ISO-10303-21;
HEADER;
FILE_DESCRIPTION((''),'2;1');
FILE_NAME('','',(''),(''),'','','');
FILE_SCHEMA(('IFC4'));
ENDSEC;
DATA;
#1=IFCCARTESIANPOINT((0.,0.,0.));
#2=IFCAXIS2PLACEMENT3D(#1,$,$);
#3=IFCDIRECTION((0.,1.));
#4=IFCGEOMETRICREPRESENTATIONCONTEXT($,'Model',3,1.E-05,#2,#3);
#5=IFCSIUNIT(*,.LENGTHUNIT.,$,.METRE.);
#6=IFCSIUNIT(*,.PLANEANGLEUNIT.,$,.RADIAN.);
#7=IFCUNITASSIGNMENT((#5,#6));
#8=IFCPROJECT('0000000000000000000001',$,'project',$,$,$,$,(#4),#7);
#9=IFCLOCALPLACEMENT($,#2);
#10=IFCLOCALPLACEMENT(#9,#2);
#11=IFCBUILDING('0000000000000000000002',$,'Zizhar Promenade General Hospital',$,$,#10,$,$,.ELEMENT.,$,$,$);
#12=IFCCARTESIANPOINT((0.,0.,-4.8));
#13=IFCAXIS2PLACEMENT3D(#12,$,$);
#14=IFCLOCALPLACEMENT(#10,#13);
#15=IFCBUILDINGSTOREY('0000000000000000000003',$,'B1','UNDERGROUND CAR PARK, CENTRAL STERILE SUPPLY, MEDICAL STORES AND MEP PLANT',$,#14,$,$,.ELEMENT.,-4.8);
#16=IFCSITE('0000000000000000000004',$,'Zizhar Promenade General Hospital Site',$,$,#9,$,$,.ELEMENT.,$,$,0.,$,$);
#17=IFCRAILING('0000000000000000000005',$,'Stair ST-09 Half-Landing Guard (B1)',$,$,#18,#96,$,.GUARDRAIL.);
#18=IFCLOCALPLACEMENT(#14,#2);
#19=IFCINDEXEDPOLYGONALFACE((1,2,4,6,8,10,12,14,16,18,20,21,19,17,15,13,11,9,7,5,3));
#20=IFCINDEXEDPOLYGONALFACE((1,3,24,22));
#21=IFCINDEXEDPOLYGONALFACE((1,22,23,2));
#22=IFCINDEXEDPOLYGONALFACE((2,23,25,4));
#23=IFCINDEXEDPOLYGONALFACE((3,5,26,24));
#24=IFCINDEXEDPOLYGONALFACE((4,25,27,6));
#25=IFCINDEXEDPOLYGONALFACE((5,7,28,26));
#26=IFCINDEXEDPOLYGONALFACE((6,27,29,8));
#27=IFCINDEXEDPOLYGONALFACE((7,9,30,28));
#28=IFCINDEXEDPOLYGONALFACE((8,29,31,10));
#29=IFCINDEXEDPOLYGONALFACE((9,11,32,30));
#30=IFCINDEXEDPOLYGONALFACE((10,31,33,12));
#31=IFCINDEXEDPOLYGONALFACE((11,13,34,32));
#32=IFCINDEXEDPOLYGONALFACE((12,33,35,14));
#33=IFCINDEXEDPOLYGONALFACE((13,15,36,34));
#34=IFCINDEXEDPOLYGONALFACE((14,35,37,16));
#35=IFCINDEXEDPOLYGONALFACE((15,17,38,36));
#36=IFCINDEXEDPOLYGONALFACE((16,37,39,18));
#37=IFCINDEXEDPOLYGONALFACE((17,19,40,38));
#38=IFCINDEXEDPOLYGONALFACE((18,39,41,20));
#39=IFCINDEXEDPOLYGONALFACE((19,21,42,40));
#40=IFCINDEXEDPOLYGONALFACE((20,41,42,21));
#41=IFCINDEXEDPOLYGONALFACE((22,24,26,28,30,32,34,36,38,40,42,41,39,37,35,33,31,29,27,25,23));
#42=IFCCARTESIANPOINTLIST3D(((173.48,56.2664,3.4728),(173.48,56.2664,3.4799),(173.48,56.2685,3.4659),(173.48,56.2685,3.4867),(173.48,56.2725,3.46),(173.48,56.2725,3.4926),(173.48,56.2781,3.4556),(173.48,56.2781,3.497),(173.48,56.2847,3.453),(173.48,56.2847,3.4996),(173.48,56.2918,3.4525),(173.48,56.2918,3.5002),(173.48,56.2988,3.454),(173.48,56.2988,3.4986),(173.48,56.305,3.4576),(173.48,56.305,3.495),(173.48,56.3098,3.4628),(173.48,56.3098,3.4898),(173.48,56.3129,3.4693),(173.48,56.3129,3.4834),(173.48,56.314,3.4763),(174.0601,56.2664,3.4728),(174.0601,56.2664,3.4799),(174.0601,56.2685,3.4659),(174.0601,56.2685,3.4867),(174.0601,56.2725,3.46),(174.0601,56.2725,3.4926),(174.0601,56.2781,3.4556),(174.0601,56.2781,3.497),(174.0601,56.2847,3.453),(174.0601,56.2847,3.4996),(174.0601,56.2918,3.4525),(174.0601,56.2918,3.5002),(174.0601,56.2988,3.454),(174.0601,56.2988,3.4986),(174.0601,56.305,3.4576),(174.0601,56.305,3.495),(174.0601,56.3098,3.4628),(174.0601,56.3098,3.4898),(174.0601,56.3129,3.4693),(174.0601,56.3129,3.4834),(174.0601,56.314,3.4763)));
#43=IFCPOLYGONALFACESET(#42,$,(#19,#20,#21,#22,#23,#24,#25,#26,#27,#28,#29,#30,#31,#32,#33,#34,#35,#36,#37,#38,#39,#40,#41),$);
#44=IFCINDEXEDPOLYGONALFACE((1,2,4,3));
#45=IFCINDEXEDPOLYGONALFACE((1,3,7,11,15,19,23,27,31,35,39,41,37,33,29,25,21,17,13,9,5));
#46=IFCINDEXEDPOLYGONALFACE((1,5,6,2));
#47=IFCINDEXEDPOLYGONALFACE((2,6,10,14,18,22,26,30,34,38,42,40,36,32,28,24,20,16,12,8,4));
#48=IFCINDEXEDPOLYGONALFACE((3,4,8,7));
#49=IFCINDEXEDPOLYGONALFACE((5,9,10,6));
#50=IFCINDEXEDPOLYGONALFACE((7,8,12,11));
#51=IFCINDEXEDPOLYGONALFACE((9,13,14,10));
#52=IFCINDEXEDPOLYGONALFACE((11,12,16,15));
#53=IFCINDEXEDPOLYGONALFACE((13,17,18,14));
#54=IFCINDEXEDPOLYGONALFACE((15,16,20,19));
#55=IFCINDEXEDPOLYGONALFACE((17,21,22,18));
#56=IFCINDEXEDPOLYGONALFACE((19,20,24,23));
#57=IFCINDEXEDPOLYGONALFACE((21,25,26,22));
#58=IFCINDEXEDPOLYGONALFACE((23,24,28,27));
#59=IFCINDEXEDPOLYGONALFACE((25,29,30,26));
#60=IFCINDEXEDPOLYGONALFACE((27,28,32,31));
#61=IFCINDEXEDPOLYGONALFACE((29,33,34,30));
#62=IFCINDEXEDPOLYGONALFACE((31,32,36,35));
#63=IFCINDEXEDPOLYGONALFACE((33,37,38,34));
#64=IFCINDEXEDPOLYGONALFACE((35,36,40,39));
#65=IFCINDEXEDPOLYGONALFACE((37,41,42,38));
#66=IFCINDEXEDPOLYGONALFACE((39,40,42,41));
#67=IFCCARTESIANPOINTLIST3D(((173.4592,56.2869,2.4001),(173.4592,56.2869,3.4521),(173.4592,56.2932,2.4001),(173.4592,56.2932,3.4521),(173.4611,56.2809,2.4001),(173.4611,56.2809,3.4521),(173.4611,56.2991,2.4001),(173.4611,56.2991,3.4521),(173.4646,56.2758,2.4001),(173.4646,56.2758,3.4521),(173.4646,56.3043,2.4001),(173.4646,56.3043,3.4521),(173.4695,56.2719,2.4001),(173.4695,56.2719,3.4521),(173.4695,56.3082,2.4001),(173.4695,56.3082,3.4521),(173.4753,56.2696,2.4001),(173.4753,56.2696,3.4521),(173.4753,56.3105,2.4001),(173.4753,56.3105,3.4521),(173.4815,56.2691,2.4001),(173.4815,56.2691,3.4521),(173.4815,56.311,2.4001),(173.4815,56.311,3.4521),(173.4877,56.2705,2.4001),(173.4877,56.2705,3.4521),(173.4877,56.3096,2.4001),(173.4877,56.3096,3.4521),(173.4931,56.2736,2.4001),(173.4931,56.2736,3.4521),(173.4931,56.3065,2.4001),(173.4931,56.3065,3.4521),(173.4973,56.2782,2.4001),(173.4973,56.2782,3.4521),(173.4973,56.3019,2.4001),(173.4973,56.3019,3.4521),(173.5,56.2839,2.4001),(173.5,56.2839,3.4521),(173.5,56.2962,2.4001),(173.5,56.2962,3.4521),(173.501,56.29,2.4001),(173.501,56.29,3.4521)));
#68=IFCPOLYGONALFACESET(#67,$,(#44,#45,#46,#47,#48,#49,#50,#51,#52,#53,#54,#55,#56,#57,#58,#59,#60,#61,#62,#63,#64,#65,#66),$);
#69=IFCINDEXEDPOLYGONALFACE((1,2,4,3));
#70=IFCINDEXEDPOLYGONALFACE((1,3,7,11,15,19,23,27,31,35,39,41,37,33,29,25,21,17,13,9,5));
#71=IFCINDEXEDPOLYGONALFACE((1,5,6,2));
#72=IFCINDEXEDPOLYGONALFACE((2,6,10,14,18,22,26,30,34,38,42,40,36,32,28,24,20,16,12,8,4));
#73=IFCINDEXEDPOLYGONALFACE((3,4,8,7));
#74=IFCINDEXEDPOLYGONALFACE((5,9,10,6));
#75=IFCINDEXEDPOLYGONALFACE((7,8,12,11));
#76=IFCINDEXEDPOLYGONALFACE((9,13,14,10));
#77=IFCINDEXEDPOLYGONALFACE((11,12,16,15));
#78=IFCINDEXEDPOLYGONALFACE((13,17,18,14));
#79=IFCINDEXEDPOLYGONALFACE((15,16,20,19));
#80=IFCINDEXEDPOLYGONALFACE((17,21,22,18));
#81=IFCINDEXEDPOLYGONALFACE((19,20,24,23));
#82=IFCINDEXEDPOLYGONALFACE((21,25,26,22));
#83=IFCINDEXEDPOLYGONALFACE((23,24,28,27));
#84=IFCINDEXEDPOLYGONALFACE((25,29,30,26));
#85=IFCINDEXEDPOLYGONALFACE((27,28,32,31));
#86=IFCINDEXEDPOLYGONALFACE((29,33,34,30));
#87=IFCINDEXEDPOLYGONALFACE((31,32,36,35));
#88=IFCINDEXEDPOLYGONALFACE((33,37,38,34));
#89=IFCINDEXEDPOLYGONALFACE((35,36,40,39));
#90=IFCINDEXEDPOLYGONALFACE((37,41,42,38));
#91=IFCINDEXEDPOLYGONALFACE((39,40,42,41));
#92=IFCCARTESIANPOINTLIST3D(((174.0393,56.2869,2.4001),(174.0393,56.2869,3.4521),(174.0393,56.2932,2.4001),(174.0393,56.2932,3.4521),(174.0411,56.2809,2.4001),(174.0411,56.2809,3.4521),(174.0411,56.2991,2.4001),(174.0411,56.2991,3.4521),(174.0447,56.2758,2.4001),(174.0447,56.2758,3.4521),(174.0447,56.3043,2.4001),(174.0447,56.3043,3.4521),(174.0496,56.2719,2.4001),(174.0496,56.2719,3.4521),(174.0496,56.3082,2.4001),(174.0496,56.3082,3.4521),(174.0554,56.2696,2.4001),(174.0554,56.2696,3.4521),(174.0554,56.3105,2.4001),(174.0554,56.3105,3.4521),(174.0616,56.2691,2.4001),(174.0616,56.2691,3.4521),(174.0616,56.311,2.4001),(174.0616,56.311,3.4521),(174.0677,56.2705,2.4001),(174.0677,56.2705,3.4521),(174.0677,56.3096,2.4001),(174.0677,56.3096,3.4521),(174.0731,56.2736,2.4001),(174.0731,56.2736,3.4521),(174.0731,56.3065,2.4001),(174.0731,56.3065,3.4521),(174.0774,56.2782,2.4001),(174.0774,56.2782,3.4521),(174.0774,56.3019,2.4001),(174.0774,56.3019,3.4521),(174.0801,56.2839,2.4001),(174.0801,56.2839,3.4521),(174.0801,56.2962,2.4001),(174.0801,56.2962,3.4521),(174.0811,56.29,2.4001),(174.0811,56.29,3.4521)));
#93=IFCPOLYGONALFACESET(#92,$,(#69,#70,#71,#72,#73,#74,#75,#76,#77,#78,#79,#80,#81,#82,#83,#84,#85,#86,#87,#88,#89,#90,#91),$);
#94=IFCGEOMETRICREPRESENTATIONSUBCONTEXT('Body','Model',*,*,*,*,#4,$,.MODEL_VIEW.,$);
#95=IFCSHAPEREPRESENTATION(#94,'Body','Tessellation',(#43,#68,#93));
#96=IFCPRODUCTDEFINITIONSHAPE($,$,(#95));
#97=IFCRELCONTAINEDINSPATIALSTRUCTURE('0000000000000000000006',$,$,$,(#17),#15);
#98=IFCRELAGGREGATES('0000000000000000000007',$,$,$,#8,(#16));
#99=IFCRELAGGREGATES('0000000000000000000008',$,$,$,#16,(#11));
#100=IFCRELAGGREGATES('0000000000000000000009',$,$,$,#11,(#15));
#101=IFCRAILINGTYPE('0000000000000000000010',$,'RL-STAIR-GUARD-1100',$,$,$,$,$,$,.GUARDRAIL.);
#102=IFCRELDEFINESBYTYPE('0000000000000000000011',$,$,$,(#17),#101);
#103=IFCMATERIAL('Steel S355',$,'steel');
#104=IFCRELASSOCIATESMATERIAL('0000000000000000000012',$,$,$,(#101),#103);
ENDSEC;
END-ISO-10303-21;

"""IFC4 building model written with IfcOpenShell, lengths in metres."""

from ifc_helpers import new_model, si_unit, direction, frame, origin, origin_2d, place, context, subcontext, project, spatial, circle, hollow_circle, extrude, material, material_profile, profile_set, type_object, element, save


model = new_model("IFC4")

# Units and contexts
model_context = context("Model", 3, precision=1e-05, world=origin(), true_north=direction((0.0, 1.0)))
body_context = subcontext(model_context, "Body", "Model", "MODEL_VIEW")
ifc_project = project(units=[si_unit("LENGTHUNIT", "METRE"), si_unit("PLANEANGLEUNIT", "RADIAN")], contexts=[model_context])

# Site, building, storey
site_placement = place(None, origin())
site = spatial("IfcSite", under=ifc_project, at=site_placement, Name="Zizhar Promenade General Hospital Site", CompositionType="ELEMENT", RefElevation=0.0)
building_placement = place(site_placement, origin())
building = spatial("IfcBuilding", under=site, at=building_placement, Name="Zizhar Promenade General Hospital", CompositionType="ELEMENT")
storey_placement = place(building_placement, frame((0.0, 0.0, -4.8)))
storey = spatial("IfcBuildingStorey", under=building, at=storey_placement, Name="B1", Description="UNDERGROUND CAR PARK, CENTRAL STERILE SUPPLY, MEDICAL STORES AND MEP PLANT", CompositionType="ELEMENT", Elevation=-4.8)

# Railing
ifc_material_1 = material(Name="Steel S355", Category="steel")
ifc_material_profile_1 = material_profile(ifc_material_1, hollow_circle(Radius=0.0698, WallThickness=0.0063, at=origin_2d()))
ifc_profile_set_1 = profile_set([ifc_material_profile_1], Name="Steel S355")
railing_type_1 = type_object("IfcRailingType", Name="RL-STAIR-GUARD-1100", PredefinedType="GUARDRAIL", material=ifc_profile_set_1)
railing_1_placement = place(storey_placement, frame((173.48, 56.29, 2.4001)))
element("IfcRailing", 1, at=railing_1_placement, inside=storey, type_object=railing_type_1, Name="Stair ST-09 Half-Landing Guard (B1)", PredefinedType="GUARDRAIL", context=body_context, shape_type="SweptSolid", body=[
    extrude(circle(Radius=0.0239, at=origin_2d()), frame((0.0, 0.0, 1.0762), z_axis=(1.0, 0.0, 0.0), x_axis=(0.0, 1.0, 0.0)), (0.0, 0.0, 1.0), 0.5801),
    extrude(circle(Radius=0.021, at=origin_2d()), origin(), (0.0, 0.0, 1.0), 1.052),
    extrude(circle(Radius=0.021, at=origin_2d()), frame((0.5801, 0.0, 0.0)), (0.0, 0.0, 1.0), 1.052),
])

save(model, "model.ifc")
